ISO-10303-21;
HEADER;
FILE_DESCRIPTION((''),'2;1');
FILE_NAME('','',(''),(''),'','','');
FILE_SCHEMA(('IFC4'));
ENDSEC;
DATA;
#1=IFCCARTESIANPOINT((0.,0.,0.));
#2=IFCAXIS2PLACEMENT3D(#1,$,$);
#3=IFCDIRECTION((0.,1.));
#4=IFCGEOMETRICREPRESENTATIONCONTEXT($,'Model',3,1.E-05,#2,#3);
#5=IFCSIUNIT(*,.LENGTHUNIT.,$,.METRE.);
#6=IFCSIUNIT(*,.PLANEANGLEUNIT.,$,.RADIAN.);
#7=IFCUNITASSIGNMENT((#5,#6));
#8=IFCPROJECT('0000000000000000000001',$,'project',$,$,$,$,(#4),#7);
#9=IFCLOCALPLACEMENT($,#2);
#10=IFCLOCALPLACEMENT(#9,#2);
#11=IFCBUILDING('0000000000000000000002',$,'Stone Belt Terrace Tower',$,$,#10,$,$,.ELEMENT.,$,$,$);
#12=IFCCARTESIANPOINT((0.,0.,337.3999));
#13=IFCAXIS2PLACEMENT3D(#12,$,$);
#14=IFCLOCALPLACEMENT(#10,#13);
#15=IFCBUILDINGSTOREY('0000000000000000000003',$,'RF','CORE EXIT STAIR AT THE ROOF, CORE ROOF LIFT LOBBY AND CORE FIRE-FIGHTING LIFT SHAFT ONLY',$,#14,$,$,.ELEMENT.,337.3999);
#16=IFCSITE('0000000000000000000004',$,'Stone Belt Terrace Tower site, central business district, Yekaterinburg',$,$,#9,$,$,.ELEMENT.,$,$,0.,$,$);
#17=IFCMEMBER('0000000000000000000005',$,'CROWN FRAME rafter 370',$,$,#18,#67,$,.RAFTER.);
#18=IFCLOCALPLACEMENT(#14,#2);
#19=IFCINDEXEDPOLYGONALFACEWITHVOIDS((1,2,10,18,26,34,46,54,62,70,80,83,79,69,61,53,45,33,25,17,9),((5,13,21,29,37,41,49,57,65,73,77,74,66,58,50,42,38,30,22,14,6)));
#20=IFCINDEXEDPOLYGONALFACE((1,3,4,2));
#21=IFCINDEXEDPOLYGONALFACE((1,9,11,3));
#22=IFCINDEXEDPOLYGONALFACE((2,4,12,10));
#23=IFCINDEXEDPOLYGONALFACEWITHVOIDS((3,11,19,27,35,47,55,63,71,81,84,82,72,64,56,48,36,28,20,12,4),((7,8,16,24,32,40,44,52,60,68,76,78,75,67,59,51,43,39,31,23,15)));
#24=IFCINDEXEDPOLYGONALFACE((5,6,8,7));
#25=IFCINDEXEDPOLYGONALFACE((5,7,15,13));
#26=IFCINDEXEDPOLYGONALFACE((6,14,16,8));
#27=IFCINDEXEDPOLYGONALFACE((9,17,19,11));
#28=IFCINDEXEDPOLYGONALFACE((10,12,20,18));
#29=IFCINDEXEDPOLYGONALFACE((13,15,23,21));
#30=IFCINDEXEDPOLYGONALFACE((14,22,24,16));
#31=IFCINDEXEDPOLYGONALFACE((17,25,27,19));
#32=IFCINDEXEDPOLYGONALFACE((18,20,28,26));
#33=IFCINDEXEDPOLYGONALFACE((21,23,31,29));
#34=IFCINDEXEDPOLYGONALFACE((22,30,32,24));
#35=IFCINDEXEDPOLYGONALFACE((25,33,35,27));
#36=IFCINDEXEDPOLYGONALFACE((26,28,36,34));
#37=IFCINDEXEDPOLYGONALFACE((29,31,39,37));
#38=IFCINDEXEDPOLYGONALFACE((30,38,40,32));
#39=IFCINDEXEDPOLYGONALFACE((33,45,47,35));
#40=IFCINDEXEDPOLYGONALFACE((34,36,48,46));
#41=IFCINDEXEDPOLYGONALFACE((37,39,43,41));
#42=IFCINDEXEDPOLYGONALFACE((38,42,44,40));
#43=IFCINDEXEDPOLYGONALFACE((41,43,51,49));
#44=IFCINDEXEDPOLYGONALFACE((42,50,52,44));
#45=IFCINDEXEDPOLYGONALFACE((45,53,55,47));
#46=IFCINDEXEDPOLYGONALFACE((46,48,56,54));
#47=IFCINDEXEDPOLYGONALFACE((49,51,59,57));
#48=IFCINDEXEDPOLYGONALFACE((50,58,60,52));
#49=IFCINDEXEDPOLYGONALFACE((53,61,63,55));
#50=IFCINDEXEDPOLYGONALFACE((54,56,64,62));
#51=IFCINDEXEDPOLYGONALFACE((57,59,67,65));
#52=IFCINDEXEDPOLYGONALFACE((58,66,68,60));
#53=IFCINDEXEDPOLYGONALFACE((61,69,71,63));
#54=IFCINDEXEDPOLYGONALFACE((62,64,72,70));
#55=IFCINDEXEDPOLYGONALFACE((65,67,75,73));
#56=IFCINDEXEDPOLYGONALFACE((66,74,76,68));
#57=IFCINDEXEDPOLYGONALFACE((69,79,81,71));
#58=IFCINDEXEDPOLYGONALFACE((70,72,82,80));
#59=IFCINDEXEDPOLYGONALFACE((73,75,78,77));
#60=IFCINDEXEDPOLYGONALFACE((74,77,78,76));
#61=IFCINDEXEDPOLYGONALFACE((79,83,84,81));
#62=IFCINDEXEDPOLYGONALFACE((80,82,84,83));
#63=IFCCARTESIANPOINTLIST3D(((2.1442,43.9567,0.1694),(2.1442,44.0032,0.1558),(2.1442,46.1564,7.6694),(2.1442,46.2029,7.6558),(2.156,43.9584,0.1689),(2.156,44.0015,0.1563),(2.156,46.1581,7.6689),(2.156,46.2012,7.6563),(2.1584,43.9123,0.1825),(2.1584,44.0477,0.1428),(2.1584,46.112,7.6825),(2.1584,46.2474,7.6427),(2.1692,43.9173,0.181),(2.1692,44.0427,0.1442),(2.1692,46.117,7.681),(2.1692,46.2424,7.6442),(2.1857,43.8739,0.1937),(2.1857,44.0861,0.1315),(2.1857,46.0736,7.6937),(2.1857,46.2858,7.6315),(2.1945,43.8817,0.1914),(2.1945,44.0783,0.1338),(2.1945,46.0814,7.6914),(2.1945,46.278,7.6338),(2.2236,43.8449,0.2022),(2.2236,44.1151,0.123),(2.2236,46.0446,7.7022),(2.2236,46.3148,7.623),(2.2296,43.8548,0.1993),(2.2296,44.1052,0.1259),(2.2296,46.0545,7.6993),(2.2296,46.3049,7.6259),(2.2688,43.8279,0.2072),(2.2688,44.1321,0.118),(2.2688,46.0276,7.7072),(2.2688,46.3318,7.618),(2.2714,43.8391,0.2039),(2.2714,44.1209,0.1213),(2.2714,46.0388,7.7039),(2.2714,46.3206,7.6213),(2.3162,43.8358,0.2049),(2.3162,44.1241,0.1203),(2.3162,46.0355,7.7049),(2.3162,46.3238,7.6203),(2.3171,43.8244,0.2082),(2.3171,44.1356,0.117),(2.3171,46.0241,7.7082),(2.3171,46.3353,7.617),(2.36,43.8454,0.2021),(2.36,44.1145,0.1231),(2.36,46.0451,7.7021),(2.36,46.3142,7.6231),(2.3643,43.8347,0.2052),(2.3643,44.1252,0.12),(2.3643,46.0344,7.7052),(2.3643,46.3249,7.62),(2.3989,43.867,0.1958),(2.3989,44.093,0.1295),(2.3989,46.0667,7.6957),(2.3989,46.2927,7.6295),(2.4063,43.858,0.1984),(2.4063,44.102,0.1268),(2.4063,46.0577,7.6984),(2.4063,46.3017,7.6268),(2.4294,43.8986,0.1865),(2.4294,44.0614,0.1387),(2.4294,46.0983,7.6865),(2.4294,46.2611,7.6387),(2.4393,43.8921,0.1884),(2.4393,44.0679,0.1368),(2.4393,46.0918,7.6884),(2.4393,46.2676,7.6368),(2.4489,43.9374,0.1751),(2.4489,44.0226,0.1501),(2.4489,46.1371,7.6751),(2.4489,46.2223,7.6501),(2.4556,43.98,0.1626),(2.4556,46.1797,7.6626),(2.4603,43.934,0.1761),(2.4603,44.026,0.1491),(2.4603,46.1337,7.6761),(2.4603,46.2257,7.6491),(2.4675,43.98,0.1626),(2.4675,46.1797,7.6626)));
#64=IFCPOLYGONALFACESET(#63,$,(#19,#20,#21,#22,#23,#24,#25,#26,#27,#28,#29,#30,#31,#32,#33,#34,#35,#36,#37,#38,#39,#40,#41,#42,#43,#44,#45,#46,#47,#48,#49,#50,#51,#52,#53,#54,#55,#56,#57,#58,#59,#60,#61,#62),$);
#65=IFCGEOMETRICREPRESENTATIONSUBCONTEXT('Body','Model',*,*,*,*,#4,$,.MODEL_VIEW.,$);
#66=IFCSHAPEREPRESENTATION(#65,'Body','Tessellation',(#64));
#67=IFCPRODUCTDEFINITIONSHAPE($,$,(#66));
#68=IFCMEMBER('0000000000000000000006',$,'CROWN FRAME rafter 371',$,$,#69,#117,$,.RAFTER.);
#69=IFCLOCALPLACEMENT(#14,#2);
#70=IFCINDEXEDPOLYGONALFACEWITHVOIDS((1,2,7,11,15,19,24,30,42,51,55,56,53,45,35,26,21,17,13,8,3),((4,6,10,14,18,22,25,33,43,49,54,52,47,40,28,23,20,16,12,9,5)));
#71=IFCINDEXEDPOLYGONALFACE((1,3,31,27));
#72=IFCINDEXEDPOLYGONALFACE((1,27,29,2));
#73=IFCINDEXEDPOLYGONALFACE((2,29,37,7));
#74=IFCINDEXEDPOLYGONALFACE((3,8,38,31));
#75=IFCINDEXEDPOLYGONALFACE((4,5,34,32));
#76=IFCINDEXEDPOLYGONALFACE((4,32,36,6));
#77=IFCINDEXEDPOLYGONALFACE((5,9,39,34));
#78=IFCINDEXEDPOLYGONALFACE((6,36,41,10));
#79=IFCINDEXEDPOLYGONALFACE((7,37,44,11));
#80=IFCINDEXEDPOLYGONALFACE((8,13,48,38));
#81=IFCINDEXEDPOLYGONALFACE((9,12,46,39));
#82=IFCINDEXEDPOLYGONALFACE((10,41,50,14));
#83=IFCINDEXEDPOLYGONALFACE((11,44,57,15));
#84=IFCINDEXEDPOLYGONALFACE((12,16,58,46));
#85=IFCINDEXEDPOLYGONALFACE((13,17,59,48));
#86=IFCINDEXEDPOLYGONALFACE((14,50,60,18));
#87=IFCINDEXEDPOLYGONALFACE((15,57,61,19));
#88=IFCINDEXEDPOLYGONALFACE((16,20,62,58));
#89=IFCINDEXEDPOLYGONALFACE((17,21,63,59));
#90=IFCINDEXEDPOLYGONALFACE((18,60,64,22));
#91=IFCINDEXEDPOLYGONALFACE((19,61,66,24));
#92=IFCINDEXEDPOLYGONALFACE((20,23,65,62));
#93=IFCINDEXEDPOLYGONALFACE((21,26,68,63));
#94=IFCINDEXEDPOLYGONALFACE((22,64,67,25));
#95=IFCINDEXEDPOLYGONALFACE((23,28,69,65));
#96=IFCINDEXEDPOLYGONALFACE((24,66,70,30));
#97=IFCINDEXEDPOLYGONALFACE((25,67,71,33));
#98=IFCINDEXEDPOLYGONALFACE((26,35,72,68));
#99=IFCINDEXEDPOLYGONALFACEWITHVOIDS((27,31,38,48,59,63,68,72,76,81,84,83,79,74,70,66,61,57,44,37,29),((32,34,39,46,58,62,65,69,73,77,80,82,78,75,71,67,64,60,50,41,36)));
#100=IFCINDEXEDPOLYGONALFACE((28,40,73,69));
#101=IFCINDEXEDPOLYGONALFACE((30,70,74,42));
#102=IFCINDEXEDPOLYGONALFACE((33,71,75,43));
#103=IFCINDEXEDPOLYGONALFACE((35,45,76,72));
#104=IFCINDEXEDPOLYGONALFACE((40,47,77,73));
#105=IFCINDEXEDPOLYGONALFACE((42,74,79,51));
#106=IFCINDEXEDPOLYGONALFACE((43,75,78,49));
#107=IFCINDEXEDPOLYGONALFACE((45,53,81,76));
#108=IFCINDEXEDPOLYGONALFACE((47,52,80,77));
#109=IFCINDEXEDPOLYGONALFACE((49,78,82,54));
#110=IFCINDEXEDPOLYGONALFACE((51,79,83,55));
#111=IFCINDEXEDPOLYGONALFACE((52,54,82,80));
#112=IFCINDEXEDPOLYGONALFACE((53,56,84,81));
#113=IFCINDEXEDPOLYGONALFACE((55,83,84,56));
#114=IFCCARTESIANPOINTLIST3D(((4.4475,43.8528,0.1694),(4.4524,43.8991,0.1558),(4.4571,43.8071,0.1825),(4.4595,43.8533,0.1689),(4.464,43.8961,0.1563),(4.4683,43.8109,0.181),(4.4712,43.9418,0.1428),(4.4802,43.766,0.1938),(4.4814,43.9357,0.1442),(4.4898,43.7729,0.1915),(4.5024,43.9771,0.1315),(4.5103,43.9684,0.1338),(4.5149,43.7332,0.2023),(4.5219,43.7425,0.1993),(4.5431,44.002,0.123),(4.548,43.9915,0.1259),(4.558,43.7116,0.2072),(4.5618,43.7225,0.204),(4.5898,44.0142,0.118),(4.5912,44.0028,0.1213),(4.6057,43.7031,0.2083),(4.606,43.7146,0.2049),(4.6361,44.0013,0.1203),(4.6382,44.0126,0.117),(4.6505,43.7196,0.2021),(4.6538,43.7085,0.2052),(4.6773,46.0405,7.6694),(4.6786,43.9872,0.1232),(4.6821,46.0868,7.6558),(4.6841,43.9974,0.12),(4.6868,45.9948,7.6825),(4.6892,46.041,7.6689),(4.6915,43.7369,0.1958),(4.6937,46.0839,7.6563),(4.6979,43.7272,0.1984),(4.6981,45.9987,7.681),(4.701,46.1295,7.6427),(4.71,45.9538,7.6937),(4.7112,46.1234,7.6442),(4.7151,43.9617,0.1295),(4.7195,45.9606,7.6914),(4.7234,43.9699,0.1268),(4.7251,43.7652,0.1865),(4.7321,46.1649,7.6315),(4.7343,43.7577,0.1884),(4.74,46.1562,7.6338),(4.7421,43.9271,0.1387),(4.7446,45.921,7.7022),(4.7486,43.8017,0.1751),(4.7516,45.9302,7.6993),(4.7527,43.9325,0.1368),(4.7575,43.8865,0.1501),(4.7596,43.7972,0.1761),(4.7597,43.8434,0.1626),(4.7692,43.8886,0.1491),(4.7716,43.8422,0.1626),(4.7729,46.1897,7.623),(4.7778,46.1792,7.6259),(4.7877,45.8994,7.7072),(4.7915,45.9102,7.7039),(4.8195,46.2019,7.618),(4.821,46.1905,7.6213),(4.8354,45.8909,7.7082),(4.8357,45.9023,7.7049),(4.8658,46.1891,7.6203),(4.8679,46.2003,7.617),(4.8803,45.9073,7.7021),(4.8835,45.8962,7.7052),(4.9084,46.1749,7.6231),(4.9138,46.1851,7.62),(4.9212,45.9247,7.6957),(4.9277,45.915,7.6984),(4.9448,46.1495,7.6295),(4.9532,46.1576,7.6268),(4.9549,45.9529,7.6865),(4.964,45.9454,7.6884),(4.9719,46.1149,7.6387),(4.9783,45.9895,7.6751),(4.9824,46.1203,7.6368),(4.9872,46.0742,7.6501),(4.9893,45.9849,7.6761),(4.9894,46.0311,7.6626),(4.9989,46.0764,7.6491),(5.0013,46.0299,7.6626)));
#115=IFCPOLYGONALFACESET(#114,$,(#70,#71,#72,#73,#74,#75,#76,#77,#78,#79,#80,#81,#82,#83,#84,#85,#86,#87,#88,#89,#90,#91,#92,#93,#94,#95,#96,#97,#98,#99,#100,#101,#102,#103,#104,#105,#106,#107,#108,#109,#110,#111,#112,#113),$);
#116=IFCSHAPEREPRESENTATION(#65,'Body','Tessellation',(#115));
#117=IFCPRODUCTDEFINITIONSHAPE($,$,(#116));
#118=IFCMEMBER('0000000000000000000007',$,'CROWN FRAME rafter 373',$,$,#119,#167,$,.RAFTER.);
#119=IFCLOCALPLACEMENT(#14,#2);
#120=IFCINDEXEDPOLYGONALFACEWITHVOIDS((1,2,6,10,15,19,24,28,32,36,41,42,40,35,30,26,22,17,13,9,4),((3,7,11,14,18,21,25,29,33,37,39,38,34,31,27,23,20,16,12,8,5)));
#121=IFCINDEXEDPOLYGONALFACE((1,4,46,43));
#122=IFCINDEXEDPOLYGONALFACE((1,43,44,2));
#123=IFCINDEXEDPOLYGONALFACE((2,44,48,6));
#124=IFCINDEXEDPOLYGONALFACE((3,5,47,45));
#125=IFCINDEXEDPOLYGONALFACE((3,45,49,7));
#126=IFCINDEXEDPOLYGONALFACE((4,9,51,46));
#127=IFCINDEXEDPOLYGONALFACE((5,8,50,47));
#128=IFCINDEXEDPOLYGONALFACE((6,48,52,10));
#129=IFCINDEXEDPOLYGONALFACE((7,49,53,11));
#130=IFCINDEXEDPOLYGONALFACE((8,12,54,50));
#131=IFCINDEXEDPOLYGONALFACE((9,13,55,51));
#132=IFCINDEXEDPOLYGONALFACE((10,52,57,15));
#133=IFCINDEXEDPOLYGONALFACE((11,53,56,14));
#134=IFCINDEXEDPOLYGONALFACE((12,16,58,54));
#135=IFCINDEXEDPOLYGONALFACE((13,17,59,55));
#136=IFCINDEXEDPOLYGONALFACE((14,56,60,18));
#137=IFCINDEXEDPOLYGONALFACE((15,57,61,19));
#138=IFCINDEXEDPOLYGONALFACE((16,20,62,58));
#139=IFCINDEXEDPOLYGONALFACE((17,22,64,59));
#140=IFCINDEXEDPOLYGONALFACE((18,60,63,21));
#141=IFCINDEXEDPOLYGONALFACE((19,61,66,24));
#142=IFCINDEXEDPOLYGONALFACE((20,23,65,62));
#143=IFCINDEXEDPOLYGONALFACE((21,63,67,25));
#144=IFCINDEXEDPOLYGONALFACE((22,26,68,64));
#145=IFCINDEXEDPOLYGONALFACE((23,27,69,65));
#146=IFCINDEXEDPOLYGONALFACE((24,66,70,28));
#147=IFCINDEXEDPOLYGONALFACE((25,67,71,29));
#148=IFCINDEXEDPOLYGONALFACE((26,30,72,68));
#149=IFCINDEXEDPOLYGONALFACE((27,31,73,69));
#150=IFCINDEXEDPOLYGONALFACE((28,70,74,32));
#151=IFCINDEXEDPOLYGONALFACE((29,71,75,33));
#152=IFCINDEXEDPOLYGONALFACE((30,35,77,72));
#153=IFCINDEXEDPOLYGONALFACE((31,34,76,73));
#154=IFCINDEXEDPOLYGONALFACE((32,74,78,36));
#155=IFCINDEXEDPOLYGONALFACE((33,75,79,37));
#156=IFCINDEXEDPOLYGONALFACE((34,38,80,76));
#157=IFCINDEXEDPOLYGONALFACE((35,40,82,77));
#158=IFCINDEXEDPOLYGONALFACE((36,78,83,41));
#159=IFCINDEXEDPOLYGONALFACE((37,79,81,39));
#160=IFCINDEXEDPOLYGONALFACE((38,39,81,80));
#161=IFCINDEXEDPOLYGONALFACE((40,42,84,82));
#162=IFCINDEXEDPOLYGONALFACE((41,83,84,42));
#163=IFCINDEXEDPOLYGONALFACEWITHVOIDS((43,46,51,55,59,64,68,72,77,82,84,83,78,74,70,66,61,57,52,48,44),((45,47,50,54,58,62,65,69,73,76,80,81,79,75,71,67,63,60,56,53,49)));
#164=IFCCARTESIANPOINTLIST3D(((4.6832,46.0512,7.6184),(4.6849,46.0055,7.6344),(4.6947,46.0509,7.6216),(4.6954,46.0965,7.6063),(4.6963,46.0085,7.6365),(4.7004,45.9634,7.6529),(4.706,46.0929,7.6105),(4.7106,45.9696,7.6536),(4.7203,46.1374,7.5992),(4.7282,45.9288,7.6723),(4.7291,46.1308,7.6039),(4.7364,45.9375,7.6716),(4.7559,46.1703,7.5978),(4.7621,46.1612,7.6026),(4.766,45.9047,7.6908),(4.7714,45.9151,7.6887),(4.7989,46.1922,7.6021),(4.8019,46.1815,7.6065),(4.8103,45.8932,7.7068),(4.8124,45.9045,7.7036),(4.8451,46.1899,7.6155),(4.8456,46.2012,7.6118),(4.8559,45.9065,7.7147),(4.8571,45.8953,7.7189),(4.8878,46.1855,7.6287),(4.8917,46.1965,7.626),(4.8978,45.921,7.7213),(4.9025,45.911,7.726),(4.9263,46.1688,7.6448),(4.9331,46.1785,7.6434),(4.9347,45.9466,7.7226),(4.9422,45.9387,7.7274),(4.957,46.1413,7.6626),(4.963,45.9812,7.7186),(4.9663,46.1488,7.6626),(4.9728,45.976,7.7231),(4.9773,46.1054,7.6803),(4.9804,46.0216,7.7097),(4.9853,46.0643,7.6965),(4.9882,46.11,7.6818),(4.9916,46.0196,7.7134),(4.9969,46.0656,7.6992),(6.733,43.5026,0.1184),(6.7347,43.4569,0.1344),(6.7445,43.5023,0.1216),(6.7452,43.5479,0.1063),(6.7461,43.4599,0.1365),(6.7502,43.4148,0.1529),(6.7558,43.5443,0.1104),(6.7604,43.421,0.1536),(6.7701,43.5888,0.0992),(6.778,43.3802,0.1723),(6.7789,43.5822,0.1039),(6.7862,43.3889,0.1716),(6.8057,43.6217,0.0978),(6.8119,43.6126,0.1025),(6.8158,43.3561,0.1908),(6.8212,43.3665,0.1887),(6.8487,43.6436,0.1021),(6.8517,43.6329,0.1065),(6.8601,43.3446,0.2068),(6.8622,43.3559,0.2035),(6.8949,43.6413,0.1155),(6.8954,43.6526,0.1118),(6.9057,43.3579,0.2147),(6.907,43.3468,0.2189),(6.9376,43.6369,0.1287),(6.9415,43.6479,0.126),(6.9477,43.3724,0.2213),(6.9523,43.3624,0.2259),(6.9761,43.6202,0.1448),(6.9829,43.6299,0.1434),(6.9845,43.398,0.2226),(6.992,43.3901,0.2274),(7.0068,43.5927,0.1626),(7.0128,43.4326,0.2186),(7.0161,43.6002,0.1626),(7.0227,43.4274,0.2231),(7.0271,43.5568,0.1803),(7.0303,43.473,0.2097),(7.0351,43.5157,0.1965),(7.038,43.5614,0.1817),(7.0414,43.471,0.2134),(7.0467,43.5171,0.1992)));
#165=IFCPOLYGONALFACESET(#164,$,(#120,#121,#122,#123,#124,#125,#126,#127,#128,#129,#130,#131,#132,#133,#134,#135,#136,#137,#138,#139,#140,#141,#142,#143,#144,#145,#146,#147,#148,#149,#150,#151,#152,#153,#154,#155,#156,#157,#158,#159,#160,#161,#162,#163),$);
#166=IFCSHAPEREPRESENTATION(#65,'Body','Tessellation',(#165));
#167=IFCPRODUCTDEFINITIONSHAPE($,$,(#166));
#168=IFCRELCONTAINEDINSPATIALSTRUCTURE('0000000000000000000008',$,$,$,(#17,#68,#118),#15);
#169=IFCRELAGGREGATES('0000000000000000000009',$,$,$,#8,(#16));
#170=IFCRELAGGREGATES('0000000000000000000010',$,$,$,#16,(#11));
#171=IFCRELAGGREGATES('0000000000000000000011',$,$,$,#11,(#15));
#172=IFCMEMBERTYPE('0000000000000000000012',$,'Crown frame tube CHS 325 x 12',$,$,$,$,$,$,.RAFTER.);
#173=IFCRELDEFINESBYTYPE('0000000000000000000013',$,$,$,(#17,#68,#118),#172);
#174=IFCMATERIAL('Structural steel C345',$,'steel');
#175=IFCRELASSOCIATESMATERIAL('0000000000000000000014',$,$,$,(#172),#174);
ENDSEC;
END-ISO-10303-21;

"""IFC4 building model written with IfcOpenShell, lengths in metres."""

from ifc_helpers import new_model, si_unit, direction, frame, origin, origin_2d, place, context, subcontext, project, spatial, hollow_circle, extrude, material, material_profile, profile_set, type_object, element, save


model = new_model("IFC4")

# Units and contexts
model_context = context("Model", 3, precision=1e-05, world=origin(), true_north=direction((0.0, 1.0)))
body_context = subcontext(model_context, "Body", "Model", "MODEL_VIEW")
ifc_project = project(units=[si_unit("LENGTHUNIT", "METRE"), si_unit("PLANEANGLEUNIT", "RADIAN")], contexts=[model_context])

# Site, building, storey
site_placement = place(None, origin())
site = spatial("IfcSite", under=ifc_project, at=site_placement, Name="Stone Belt Terrace Tower site, central business district, Yekaterinburg", CompositionType="ELEMENT", RefElevation=0.0)
building_placement = place(site_placement, origin())
building = spatial("IfcBuilding", under=site, at=building_placement, Name="Stone Belt Terrace Tower", CompositionType="ELEMENT")
storey_placement = place(building_placement, frame((0.0, 0.0, 337.3999)))
storey = spatial("IfcBuildingStorey", under=building, at=storey_placement, Name="RF", Description="CORE EXIT STAIR AT THE ROOF, CORE ROOF LIFT LOBBY AND CORE FIRE-FIGHTING LIFT SHAFT ONLY", CompositionType="ELEMENT", Elevation=337.3999)

# Members
ifc_material_1 = material(Name="Structural steel C345", Category="steel")
ifc_material_profile_1 = material_profile(ifc_material_1, hollow_circle(Radius=0.1626, WallThickness=0.012, at=origin_2d()), Name="Structural steel C345 CHS 325x12")
ifc_profile_set_1 = profile_set([ifc_material_profile_1], Name="Structural steel C345")
member_type_1 = type_object("IfcMemberType", Name="Crown frame tube CHS 325 x 12", PredefinedType="RAFTER", material=ifc_profile_set_1)
for number, where, z_axis, x_axis, name in (
    (1, (2.3049, 46.1797, 7.6626), (0.0, -0.281439, -0.959579), (1.0, 0.0, 0.0), "CROWN FRAME rafter 370"),
    (2, (4.8396, 46.0469, 7.6626), (-0.029393, -0.279908, -0.959577), (0.994532, -0.104436, 0.0), "CROWN FRAME rafter 371"),
):
    element("IfcMember", number, at=place(storey_placement, frame(where, z_axis=z_axis, x_axis=x_axis)), inside=storey, type_object=member_type_1, Name=name, PredefinedType="RAFTER", context=body_context, shape_type="SweptSolid", body=[
        extrude(hollow_circle(Radius=0.1626, WallThickness=0.012, at=origin_2d()), origin(), (0.0, 0.0, 1.0), 7.8159),
    ])
member_1_placement = place(storey_placement, frame((4.8396, 46.0469, 7.6626), z_axis=(0.250523, -0.311482, -0.916634), x_axis=(0.779235, 0.626732, 0.0)))
element("IfcMember", 3, at=member_1_placement, inside=storey, type_object=member_type_1, Name="CROWN FRAME rafter 373", PredefinedType="RAFTER", context=body_context, shape_type="SweptSolid", body=[
    extrude(hollow_circle(Radius=0.1626, WallThickness=0.012, at=origin_2d()), origin(), (0.0, 0.0, 1.0), 8.1821),
])

save(model, "model.ifc")
